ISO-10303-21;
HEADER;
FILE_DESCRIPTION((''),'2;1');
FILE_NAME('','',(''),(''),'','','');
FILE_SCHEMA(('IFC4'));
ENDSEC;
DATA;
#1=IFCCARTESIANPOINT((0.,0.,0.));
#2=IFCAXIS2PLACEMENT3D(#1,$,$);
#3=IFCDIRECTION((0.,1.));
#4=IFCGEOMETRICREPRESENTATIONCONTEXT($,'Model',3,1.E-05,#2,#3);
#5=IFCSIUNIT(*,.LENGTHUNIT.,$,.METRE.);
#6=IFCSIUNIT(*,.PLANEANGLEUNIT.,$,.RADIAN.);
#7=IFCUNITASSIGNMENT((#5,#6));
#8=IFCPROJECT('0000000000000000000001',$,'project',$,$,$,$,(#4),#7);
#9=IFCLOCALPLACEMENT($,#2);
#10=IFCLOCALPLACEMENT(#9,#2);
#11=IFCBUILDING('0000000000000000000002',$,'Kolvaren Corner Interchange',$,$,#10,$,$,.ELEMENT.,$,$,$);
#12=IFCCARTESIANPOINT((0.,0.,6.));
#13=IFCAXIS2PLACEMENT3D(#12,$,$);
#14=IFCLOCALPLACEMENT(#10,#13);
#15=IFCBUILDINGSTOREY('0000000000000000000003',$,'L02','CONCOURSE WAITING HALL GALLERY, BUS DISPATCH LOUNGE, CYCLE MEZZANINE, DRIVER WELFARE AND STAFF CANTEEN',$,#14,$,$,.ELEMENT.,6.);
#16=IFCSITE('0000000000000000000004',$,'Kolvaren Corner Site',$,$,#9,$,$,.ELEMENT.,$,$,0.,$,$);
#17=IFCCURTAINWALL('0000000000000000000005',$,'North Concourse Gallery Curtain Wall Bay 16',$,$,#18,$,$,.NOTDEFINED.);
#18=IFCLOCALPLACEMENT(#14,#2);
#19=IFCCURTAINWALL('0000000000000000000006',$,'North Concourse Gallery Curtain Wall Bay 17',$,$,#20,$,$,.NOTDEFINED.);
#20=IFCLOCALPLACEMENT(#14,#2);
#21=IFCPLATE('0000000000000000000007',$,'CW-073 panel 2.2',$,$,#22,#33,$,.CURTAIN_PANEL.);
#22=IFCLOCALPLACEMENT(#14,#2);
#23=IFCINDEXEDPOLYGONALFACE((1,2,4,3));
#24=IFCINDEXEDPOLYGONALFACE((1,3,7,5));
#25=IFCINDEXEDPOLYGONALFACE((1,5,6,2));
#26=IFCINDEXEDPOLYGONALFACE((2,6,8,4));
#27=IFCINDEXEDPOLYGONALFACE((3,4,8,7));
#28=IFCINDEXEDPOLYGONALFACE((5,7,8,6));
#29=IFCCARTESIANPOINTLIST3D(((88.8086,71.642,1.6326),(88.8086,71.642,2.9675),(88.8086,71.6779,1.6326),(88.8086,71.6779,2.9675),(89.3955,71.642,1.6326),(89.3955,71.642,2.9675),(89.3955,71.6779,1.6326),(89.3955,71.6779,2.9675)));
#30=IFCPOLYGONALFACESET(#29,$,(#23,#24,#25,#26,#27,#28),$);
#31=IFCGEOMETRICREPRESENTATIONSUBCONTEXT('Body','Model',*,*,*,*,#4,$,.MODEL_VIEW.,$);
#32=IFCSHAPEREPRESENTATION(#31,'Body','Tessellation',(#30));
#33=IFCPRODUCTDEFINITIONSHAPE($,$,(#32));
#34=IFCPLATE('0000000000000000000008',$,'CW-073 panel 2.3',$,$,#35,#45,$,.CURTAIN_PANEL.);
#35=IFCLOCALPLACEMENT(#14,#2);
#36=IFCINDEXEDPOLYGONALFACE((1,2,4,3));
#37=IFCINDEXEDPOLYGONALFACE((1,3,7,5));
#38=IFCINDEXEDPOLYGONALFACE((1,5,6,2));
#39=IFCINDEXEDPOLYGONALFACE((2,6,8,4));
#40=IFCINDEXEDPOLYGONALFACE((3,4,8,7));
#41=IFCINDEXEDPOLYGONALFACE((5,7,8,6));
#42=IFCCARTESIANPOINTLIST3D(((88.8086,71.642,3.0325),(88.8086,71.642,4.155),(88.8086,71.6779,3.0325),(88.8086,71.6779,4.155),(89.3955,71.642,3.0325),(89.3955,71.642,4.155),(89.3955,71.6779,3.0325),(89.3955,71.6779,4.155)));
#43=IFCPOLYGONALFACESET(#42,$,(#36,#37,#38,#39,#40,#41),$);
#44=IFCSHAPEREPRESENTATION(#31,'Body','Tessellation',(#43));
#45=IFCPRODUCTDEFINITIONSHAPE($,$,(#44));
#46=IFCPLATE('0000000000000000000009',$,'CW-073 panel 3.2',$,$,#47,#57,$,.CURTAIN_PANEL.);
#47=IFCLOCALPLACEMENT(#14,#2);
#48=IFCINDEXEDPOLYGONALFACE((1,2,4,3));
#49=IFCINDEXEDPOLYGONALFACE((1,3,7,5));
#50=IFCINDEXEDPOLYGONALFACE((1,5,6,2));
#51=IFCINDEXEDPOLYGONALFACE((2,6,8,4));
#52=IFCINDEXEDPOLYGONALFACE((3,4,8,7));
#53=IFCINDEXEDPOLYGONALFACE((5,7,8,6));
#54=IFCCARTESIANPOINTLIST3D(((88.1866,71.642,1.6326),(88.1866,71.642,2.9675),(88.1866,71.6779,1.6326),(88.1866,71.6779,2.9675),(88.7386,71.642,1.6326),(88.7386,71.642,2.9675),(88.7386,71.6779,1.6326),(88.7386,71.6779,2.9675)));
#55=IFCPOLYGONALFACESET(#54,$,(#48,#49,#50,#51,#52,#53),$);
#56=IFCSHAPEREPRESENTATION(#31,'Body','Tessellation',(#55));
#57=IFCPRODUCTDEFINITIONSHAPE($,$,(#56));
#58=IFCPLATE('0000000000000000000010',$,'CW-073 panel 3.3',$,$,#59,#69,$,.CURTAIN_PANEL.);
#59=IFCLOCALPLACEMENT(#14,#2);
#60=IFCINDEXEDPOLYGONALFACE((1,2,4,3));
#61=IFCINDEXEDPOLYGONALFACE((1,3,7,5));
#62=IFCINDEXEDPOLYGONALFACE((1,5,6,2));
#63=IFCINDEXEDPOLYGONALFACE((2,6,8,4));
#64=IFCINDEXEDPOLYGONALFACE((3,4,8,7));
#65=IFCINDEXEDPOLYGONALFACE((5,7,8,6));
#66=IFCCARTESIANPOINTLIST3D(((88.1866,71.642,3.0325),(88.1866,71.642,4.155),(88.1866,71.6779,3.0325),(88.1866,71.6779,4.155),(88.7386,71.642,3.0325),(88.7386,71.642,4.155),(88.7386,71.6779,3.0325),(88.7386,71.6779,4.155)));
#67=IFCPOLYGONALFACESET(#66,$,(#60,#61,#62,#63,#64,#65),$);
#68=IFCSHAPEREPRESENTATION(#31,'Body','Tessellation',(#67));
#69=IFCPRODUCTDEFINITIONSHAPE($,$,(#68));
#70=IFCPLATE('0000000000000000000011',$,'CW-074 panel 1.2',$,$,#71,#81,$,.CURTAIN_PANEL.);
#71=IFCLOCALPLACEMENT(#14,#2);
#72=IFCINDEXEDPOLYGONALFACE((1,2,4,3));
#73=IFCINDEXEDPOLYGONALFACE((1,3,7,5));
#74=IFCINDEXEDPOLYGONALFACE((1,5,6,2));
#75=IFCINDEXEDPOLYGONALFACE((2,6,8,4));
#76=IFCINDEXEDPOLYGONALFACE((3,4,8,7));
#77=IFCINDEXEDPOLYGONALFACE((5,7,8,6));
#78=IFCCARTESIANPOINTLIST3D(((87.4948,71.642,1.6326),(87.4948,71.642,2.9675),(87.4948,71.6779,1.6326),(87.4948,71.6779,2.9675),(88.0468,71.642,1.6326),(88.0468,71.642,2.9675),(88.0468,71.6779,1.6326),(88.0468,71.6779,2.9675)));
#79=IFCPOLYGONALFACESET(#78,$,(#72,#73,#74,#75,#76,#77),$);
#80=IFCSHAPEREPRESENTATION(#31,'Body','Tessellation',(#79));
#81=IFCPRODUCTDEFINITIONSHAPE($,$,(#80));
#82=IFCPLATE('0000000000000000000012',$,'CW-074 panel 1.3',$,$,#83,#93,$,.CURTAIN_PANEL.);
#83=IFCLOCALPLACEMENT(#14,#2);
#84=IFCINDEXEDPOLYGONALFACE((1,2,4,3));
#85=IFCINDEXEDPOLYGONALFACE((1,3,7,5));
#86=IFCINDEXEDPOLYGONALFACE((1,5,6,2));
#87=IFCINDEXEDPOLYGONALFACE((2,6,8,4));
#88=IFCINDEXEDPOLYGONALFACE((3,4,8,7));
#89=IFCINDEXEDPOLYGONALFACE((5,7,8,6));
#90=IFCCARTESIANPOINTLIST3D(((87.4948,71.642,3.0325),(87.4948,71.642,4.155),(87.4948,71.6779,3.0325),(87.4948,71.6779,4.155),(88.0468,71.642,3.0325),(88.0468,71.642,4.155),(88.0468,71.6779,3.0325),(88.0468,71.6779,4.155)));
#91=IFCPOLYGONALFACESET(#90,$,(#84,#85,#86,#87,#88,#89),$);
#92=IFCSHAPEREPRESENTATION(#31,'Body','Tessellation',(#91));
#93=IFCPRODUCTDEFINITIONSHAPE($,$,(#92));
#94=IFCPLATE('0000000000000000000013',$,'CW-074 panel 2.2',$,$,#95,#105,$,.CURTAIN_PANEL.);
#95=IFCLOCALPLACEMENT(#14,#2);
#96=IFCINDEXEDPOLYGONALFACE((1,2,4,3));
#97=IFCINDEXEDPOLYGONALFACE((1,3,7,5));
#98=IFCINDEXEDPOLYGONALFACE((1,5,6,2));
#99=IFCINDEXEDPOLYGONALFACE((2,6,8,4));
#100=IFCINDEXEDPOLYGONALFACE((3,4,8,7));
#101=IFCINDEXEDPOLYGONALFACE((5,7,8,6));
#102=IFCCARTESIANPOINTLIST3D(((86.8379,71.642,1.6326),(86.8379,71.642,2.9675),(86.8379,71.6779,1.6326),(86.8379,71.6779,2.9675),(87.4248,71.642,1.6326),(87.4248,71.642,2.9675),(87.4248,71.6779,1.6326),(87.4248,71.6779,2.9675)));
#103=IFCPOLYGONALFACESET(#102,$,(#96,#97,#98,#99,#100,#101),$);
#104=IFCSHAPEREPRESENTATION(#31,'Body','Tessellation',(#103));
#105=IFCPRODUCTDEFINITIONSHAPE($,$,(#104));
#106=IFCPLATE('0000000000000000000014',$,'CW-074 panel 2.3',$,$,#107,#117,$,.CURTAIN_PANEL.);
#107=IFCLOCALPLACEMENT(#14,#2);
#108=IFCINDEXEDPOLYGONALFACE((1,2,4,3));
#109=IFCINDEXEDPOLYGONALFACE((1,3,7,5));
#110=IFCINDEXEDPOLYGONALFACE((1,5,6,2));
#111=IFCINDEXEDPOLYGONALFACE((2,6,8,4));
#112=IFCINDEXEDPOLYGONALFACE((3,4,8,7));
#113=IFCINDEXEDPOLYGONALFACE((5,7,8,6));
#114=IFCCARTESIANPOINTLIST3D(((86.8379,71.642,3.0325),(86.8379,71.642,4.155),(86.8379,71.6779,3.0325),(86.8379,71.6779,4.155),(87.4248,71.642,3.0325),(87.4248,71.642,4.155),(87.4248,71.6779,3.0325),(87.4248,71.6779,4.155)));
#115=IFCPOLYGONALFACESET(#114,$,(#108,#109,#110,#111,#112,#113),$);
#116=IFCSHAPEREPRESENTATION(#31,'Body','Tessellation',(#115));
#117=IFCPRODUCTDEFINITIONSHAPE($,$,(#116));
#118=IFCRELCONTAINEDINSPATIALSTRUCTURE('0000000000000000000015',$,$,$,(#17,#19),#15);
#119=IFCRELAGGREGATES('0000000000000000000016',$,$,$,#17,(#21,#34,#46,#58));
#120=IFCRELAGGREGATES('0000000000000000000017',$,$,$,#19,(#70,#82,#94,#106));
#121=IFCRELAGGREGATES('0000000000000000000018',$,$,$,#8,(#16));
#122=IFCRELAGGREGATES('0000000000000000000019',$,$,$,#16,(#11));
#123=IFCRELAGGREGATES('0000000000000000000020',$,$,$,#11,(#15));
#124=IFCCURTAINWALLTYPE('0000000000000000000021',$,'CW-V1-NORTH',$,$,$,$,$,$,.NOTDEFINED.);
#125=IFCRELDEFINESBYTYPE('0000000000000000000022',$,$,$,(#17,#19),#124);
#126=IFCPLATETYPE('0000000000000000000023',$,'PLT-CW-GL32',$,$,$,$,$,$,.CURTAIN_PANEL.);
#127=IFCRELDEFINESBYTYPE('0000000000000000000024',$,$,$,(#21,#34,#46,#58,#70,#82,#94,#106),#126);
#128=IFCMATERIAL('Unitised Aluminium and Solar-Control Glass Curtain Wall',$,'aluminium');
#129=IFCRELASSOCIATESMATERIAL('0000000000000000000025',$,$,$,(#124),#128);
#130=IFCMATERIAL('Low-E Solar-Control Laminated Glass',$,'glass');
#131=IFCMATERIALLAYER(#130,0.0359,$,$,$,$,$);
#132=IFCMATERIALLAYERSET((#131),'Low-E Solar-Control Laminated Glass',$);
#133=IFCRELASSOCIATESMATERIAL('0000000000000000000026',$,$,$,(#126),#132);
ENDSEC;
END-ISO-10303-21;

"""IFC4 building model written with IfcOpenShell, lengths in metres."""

from ifc_helpers import new_model, si_unit, direction, frame, origin, origin_2d, place, context, subcontext, project, spatial, rectangle, extrude, material, layer, layer_set, type_object, element, aggregate, save


model = new_model("IFC4")

# Units and contexts
model_context = context("Model", 3, precision=1e-05, world=origin(), true_north=direction((0.0, 1.0)))
body_context = subcontext(model_context, "Body", "Model", "MODEL_VIEW")
ifc_project = project(units=[si_unit("LENGTHUNIT", "METRE"), si_unit("PLANEANGLEUNIT", "RADIAN")], contexts=[model_context])

# Site, building, storey
site_placement = place(None, origin())
site = spatial("IfcSite", under=ifc_project, at=site_placement, Name="Kolvaren Corner Site", CompositionType="ELEMENT", RefElevation=0.0)
building_placement = place(site_placement, origin())
building = spatial("IfcBuilding", under=site, at=building_placement, Name="Kolvaren Corner Interchange", CompositionType="ELEMENT")
storey_placement = place(building_placement, frame((0.0, 0.0, 6.0)))
storey = spatial("IfcBuildingStorey", under=building, at=storey_placement, Name="L02", Description="CONCOURSE WAITING HALL GALLERY, BUS DISPATCH LOUNGE, CYCLE MEZZANINE, DRIVER WELFARE AND STAFF CANTEEN", CompositionType="ELEMENT", Elevation=6.0)

# Shared definitions
ifc_material_1 = material(Name="Unitised Aluminium and Solar-Control Glass Curtain Wall", Category="aluminium")
curtain_wall_type = type_object("IfcCurtainWallType", Name="CW-V1-NORTH", PredefinedType="NOTDEFINED", material=ifc_material_1)

# Curtain walls
curtain_wall_1_placement = place(storey_placement, origin())
curtain_wall_1 = element("IfcCurtainWall", 1, at=curtain_wall_1_placement, inside=storey, type_object=curtain_wall_type, Name="North Concourse Gallery Curtain Wall Bay 16", PredefinedType="NOTDEFINED")
curtain_wall_2_placement = place(storey_placement, origin())
curtain_wall_2 = element("IfcCurtainWall", 2, at=curtain_wall_2_placement, inside=storey, type_object=curtain_wall_type, Name="North Concourse Gallery Curtain Wall Bay 17", PredefinedType="NOTDEFINED")

# Plates
ifc_material_2 = material(Name="Low-E Solar-Control Laminated Glass", Category="glass")
ifc_layer = layer(ifc_material_2, 0.0359)
ifc_layer_set = layer_set([ifc_layer], Name="Low-E Solar-Control Laminated Glass")
plate_type = type_object("IfcPlateType", Name="PLT-CW-GL32", PredefinedType="CURTAIN_PANEL", material=ifc_layer_set)
plate_1_placement = place(storey_placement, frame((89.1021, 71.6599, 1.6326), z_axis=(0.0, 0.0, 1.0), x_axis=(-1.0, 0.0, 0.0)))
plate_1 = element("IfcPlate", 3, at=plate_1_placement, type_object=plate_type, Name="CW-073 panel 2.2", PredefinedType="CURTAIN_PANEL", context=body_context, shape_type="SweptSolid", body=[
    extrude(rectangle(XDim=0.5869, YDim=0.0359, at=origin_2d()), origin(), (0.0, 0.0, 1.0), 1.335),
])
plate_2_placement = place(storey_placement, frame((89.1021, 71.6599, 3.0325), z_axis=(0.0, 0.0, 1.0), x_axis=(-1.0, 0.0, 0.0)))
plate_2 = element("IfcPlate", 4, at=plate_2_placement, type_object=plate_type, Name="CW-073 panel 2.3", PredefinedType="CURTAIN_PANEL", context=body_context, shape_type="SweptSolid", body=[
    extrude(rectangle(XDim=0.5869, YDim=0.0359, at=origin_2d()), origin(), (0.0, 0.0, 1.0), 1.1226),
])
plate_3_placement = place(storey_placement, frame((88.4626, 71.6599, 1.6326), z_axis=(0.0, 0.0, 1.0), x_axis=(-1.0, 0.0, 0.0)))
plate_3 = element("IfcPlate", 5, at=plate_3_placement, type_object=plate_type, Name="CW-073 panel 3.2", PredefinedType="CURTAIN_PANEL", context=body_context, shape_type="SweptSolid", body=[
    extrude(rectangle(XDim=0.552, YDim=0.0359, at=origin_2d()), origin(), (0.0, 0.0, 1.0), 1.335),
])
plate_4_placement = place(storey_placement, frame((88.4626, 71.6599, 3.0325), z_axis=(0.0, 0.0, 1.0), x_axis=(-1.0, 0.0, 0.0)))
plate_4 = element("IfcPlate", 6, at=plate_4_placement, type_object=plate_type, Name="CW-073 panel 3.3", PredefinedType="CURTAIN_PANEL", context=body_context, shape_type="SweptSolid", body=[
    extrude(rectangle(XDim=0.552, YDim=0.0359, at=origin_2d()), origin(), (0.0, 0.0, 1.0), 1.1226),
])
aggregate(curtain_wall_1, [plate_1, plate_2, plate_3, plate_4])
plate_5_placement = place(storey_placement, frame((87.7708, 71.6599, 1.6326), z_axis=(0.0, 0.0, 1.0), x_axis=(-1.0, 0.0, 0.0)))
plate_5 = element("IfcPlate", 7, at=plate_5_placement, type_object=plate_type, Name="CW-074 panel 1.2", PredefinedType="CURTAIN_PANEL", context=body_context, shape_type="SweptSolid", body=[
    extrude(rectangle(XDim=0.552, YDim=0.0359, at=origin_2d()), origin(), (0.0, 0.0, 1.0), 1.335),
])
plate_6_placement = place(storey_placement, frame((87.7708, 71.6599, 3.0325), z_axis=(0.0, 0.0, 1.0), x_axis=(-1.0, 0.0, 0.0)))
plate_6 = element("IfcPlate", 8, at=plate_6_placement, type_object=plate_type, Name="CW-074 panel 1.3", PredefinedType="CURTAIN_PANEL", context=body_context, shape_type="SweptSolid", body=[
    extrude(rectangle(XDim=0.552, YDim=0.0359, at=origin_2d()), origin(), (0.0, 0.0, 1.0), 1.1226),
])
plate_7_placement = place(storey_placement, frame((87.1313, 71.6599, 1.6326), z_axis=(0.0, 0.0, 1.0), x_axis=(-1.0, 0.0, 0.0)))
plate_7 = element("IfcPlate", 9, at=plate_7_placement, type_object=plate_type, Name="CW-074 panel 2.2", PredefinedType="CURTAIN_PANEL", context=body_context, shape_type="SweptSolid", body=[
    extrude(rectangle(XDim=0.5869, YDim=0.0359, at=origin_2d()), origin(), (0.0, 0.0, 1.0), 1.335),
])
plate_8_placement = place(storey_placement, frame((87.1313, 71.6599, 3.0325), z_axis=(0.0, 0.0, 1.0), x_axis=(-1.0, 0.0, 0.0)))
plate_8 = element("IfcPlate", 10, at=plate_8_placement, type_object=plate_type, Name="CW-074 panel 2.3", PredefinedType="CURTAIN_PANEL", context=body_context, shape_type="SweptSolid", body=[
    extrude(rectangle(XDim=0.5869, YDim=0.0359, at=origin_2d()), origin(), (0.0, 0.0, 1.0), 1.1226),
])
aggregate(curtain_wall_2, [plate_5, plate_6, plate_7, plate_8])

save(model, "model.ifc")
